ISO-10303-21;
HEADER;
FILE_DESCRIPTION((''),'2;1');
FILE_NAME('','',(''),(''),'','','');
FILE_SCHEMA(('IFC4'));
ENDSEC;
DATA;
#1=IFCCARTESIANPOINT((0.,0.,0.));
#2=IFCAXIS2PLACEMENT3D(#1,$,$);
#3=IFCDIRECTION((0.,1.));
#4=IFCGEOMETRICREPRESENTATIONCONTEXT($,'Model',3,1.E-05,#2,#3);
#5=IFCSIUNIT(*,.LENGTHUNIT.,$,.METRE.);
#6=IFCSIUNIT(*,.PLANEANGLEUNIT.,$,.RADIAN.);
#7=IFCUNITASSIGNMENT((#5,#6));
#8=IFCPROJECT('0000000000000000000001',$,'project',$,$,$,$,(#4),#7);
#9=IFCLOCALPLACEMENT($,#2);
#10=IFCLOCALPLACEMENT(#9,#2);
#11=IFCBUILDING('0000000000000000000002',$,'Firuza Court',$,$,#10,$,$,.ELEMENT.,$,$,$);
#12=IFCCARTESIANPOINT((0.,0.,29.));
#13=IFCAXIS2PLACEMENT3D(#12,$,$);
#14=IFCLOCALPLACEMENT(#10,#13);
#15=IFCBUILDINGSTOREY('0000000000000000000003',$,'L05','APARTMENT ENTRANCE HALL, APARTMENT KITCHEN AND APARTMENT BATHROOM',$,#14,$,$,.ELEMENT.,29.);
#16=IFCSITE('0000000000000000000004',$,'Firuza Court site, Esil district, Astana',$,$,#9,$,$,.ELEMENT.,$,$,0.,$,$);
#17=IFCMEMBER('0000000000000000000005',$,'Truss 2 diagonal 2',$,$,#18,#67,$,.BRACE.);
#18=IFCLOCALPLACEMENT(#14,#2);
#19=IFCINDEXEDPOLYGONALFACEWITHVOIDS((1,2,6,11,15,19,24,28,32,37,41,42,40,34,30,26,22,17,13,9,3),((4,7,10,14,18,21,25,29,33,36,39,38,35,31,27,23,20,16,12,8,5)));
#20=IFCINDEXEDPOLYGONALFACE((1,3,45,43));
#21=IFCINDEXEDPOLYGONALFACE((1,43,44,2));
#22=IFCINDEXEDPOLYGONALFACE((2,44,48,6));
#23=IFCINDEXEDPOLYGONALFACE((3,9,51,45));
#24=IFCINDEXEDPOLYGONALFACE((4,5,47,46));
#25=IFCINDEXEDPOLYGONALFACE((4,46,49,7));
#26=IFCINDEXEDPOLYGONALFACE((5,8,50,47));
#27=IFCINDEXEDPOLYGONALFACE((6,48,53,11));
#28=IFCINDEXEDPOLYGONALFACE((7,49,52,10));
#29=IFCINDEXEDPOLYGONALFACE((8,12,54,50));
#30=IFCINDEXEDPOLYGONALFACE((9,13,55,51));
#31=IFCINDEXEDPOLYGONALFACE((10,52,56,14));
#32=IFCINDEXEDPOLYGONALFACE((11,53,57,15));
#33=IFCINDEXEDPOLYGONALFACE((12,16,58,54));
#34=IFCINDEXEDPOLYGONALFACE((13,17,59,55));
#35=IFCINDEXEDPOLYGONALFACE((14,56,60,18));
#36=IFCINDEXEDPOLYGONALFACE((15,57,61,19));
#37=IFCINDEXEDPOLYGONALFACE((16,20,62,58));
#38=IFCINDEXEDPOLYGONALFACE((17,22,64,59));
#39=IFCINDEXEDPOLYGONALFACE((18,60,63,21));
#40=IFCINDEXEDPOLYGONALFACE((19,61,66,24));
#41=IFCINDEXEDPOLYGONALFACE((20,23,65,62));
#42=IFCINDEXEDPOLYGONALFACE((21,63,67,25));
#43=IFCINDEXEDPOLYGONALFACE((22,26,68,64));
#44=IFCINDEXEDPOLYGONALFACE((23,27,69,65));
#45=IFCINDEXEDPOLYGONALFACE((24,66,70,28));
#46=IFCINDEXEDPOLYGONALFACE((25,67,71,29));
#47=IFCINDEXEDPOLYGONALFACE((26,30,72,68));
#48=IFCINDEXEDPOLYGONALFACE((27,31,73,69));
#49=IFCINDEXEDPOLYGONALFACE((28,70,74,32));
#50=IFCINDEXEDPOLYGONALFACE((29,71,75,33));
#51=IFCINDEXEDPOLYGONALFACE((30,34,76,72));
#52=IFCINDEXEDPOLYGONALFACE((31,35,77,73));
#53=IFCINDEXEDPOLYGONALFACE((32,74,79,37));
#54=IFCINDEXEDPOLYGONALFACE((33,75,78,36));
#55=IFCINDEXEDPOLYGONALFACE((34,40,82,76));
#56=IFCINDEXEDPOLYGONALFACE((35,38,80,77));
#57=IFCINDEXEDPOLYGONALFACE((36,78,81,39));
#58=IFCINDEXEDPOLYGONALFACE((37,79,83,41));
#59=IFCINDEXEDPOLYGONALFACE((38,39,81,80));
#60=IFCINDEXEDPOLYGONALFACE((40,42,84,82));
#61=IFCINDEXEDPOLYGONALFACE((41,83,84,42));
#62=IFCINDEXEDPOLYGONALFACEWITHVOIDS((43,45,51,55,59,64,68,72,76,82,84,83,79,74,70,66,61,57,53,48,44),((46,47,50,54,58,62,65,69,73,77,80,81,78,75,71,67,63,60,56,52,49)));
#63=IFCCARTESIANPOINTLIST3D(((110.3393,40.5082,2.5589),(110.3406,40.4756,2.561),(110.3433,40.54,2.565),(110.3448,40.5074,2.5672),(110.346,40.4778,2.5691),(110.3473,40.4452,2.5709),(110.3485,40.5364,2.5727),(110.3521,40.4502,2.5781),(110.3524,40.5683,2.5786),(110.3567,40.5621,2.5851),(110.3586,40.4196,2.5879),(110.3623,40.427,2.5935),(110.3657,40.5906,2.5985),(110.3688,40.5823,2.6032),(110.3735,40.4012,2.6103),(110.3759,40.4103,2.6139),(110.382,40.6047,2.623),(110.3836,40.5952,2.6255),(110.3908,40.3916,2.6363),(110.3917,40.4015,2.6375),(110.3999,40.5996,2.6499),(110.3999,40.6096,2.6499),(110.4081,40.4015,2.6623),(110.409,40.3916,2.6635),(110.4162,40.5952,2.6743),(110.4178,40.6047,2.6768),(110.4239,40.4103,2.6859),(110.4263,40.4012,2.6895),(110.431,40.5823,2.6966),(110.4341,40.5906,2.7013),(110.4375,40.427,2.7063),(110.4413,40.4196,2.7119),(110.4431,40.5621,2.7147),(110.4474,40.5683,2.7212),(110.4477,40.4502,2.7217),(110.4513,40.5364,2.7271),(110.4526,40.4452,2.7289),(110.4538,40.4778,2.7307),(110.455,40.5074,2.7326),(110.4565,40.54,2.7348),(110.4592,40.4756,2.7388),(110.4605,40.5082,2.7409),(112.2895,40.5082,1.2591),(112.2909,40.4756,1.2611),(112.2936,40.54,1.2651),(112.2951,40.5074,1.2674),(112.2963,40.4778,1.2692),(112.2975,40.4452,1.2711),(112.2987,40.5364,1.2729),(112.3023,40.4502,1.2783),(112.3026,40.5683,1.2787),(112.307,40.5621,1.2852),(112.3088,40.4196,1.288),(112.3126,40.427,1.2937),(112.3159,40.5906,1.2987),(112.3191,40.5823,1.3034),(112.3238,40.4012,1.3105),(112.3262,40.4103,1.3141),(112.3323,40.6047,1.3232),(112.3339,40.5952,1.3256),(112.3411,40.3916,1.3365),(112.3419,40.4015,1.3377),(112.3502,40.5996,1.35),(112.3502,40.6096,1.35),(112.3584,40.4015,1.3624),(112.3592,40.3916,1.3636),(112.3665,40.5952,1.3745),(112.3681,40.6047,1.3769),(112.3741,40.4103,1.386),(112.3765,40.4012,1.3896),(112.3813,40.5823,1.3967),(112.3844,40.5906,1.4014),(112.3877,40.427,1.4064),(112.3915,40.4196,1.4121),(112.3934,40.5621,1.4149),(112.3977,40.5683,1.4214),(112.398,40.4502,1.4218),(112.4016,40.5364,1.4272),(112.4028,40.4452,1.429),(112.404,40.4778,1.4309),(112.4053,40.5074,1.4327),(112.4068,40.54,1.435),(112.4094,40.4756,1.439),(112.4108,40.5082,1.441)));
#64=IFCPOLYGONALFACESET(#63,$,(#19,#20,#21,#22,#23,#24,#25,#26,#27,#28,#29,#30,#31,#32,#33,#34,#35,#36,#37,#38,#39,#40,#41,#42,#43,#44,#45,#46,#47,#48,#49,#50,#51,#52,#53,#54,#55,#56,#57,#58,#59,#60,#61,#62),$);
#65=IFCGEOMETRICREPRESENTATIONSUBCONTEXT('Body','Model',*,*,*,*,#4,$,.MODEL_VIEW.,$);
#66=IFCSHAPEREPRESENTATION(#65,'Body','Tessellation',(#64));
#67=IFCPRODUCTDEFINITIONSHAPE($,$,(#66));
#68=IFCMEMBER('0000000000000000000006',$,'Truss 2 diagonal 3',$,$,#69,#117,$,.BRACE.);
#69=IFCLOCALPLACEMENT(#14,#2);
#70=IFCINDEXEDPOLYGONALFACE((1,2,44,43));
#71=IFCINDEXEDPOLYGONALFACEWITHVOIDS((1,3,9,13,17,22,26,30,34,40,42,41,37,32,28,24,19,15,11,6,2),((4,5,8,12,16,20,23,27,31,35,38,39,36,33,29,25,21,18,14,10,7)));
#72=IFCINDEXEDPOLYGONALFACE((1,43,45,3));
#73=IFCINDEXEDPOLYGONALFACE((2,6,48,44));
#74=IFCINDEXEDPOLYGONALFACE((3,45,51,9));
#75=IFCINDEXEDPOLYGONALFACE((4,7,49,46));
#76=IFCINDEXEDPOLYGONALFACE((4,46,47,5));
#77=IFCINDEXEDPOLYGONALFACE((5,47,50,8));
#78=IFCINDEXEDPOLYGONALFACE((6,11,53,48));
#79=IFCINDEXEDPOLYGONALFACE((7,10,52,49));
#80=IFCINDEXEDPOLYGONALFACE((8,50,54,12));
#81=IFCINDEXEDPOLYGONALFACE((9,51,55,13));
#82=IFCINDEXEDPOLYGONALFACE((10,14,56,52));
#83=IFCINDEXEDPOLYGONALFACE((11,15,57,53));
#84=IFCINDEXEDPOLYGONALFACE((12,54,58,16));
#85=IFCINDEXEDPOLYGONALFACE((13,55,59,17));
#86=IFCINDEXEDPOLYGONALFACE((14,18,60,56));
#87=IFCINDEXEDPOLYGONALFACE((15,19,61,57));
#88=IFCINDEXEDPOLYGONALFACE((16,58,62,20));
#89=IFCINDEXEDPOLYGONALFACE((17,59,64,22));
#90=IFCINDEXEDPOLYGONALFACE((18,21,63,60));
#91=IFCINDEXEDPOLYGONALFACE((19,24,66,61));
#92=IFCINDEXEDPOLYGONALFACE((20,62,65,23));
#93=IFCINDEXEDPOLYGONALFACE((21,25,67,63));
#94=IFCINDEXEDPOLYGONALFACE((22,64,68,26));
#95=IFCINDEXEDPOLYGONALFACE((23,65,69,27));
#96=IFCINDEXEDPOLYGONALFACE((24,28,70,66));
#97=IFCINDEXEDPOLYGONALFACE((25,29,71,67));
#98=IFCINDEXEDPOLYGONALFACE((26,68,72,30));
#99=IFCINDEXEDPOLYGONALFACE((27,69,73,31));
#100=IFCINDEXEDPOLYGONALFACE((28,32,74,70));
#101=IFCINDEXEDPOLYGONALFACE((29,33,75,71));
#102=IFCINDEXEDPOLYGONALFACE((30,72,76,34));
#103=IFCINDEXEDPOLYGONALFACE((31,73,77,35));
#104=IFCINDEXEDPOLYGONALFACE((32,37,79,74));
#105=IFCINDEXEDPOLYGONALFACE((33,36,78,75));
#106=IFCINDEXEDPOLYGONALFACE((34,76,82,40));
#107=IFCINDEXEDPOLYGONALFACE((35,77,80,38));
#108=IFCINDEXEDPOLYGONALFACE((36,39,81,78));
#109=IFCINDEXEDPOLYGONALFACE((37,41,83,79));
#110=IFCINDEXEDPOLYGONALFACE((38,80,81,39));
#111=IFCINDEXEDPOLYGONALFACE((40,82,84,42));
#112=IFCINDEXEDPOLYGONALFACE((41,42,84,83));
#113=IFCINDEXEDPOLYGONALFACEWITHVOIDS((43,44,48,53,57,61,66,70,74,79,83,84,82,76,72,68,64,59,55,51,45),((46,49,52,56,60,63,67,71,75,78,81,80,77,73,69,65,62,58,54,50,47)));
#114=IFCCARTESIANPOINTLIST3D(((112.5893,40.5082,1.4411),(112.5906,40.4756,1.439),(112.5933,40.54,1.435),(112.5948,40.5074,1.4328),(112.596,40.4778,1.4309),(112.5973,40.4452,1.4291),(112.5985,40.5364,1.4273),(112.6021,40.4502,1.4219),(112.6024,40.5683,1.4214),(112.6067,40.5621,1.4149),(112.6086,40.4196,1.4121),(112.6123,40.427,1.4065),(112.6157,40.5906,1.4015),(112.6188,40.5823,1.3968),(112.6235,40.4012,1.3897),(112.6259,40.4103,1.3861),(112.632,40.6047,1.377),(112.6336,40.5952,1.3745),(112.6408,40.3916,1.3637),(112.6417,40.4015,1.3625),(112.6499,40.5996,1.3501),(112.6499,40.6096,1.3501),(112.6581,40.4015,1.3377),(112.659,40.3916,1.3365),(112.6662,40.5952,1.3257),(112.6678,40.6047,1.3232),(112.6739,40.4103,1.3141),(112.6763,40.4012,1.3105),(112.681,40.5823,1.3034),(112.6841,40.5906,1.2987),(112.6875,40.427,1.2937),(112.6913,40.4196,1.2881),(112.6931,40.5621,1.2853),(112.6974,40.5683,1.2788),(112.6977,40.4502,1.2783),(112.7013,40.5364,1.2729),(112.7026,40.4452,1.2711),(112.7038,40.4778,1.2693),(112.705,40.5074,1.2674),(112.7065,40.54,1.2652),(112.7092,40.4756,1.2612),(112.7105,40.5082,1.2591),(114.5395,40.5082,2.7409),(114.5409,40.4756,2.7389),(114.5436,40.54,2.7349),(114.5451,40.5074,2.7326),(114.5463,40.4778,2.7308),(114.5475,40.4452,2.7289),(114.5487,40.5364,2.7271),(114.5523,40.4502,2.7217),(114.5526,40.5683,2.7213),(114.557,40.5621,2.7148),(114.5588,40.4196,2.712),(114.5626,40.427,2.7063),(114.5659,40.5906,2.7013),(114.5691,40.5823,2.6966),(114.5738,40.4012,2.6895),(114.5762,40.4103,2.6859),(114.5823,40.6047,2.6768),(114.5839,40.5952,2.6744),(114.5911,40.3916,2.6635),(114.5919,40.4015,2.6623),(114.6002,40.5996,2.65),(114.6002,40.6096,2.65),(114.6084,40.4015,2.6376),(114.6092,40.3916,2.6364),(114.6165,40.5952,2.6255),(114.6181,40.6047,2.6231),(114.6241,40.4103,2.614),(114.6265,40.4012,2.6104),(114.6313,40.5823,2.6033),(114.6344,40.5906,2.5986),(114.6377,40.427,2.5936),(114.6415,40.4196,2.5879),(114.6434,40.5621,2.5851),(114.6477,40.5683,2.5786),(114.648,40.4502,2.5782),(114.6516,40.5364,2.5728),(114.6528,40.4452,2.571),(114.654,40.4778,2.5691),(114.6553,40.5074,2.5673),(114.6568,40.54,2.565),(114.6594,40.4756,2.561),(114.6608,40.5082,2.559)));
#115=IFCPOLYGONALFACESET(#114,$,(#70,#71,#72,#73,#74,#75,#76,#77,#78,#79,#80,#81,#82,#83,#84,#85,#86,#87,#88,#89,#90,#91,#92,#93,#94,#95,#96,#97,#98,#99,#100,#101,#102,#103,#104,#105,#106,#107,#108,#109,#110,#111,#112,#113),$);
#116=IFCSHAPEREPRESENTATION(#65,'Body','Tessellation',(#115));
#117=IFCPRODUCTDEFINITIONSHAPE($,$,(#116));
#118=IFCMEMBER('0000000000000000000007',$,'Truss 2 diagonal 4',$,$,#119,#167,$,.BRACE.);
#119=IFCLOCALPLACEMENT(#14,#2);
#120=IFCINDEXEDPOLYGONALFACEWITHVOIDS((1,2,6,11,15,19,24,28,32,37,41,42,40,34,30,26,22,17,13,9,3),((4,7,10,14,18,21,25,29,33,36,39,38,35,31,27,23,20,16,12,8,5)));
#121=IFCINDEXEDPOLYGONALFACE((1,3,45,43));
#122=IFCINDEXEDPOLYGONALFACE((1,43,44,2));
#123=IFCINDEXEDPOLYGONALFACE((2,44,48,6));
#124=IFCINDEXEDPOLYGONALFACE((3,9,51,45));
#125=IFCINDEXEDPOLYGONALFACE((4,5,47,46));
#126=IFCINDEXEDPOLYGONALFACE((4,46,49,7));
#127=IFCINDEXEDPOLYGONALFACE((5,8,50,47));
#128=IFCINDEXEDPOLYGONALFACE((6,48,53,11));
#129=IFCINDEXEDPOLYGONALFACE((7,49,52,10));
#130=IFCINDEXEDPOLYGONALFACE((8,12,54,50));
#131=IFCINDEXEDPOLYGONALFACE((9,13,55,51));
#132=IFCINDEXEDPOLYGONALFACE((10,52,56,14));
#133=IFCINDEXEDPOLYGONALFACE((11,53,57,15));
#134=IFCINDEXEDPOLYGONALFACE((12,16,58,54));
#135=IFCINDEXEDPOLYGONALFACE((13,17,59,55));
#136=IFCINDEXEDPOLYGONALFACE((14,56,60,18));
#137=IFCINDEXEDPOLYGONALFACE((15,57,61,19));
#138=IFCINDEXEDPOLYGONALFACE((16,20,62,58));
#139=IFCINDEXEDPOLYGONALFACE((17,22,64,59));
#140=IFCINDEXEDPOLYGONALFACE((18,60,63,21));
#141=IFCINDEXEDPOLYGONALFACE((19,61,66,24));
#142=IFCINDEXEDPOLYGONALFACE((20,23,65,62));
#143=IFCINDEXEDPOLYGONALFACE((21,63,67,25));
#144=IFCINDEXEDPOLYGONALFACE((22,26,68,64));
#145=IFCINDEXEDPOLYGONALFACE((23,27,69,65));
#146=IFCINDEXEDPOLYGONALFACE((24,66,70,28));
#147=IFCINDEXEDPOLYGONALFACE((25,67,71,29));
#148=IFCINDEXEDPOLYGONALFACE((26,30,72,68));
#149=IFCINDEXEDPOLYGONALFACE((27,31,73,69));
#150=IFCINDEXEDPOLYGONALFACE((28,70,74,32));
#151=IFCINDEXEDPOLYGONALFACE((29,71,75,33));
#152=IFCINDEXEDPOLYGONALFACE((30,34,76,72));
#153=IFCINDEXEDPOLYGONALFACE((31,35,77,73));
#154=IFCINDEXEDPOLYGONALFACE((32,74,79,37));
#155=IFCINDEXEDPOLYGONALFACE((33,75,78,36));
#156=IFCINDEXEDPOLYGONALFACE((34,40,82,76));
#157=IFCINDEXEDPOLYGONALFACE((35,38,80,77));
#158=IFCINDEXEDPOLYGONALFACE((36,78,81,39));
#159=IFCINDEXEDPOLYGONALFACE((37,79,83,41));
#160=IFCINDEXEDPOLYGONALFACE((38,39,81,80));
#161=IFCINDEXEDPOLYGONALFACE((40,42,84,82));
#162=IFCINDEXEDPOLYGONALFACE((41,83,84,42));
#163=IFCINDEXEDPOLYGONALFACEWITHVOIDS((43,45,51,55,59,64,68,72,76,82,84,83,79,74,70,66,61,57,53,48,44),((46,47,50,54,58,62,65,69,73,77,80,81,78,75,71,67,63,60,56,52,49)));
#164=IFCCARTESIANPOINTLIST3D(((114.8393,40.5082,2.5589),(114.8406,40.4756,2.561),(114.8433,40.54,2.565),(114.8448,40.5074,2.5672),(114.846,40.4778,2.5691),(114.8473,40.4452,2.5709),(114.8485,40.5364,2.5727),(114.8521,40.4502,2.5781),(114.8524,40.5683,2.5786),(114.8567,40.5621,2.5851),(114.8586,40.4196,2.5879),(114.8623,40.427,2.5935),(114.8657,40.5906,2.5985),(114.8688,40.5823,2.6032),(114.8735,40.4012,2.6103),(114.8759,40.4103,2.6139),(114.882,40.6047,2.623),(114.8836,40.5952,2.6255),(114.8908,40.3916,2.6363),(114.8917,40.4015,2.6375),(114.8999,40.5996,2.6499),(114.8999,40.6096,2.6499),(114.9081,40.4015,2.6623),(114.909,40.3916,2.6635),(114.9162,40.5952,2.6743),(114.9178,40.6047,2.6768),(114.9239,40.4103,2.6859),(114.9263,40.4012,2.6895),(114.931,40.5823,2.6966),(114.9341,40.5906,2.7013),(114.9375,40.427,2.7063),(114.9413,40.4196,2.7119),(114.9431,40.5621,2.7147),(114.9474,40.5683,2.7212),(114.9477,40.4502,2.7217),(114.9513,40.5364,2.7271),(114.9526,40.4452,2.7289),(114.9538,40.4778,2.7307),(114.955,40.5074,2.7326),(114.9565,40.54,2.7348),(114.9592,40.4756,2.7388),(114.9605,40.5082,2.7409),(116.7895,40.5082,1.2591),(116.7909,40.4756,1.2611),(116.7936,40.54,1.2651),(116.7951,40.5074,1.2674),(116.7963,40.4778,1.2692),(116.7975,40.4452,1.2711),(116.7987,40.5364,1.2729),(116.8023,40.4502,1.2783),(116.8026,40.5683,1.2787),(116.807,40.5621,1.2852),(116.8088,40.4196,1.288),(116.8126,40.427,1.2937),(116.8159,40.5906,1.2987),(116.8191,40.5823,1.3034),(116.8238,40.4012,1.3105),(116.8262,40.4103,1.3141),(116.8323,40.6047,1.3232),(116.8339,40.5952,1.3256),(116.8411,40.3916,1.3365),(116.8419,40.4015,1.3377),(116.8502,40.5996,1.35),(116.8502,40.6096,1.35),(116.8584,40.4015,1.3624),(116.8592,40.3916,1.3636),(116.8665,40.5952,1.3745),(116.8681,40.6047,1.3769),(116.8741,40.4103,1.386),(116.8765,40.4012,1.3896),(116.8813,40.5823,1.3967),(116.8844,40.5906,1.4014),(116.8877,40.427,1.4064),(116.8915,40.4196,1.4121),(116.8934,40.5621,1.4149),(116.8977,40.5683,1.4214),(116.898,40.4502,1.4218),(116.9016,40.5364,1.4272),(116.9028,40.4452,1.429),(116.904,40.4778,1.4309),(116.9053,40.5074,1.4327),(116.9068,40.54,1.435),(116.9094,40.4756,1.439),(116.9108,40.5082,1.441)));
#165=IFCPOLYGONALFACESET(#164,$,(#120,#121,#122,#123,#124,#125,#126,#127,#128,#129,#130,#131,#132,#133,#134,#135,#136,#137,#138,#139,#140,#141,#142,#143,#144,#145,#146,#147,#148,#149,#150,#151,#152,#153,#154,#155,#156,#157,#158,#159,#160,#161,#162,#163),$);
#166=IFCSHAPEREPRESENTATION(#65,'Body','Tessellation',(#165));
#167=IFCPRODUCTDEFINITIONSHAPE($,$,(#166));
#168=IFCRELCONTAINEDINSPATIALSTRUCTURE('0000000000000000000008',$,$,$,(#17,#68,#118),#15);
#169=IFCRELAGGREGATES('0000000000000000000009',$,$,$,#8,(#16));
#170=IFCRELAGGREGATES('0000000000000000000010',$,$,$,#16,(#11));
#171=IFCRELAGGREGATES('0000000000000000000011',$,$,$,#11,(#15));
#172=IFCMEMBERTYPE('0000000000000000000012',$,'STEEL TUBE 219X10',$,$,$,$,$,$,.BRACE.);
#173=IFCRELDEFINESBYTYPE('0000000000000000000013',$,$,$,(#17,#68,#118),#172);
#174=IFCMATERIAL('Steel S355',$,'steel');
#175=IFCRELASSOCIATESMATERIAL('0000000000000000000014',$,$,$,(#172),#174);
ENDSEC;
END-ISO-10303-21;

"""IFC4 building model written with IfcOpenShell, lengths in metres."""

from ifc_helpers import new_model, si_unit, direction, frame, origin, origin_2d, place, context, subcontext, project, spatial, hollow_circle, extrude, material, material_profile, profile_set, type_object, element, save


model = new_model("IFC4")

# Units and contexts
model_context = context("Model", 3, precision=1e-05, world=origin(), true_north=direction((0.0, 1.0)))
body_context = subcontext(model_context, "Body", "Model", "MODEL_VIEW")
ifc_project = project(units=[si_unit("LENGTHUNIT", "METRE"), si_unit("PLANEANGLEUNIT", "RADIAN")], contexts=[model_context])

# Site, building, storey
site_placement = place(None, origin())
site = spatial("IfcSite", under=ifc_project, at=site_placement, Name="Firuza Court site, Esil district, Astana", CompositionType="ELEMENT", RefElevation=0.0)
building_placement = place(site_placement, origin())
building = spatial("IfcBuilding", under=site, at=building_placement, Name="Firuza Court", CompositionType="ELEMENT")
storey_placement = place(building_placement, frame((0.0, 0.0, 29.0)))
storey = spatial("IfcBuildingStorey", under=building, at=storey_placement, Name="L05", Description="APARTMENT ENTRANCE HALL, APARTMENT KITCHEN AND APARTMENT BATHROOM", CompositionType="ELEMENT", Elevation=29.0)

# Members
ifc_material_1 = material(Name="Steel S355", Category="steel")
ifc_material_profile_1 = material_profile(ifc_material_1, hollow_circle(Radius=0.1096, WallThickness=0.01, at=origin_2d()), Name="CHS 219X10")
ifc_profile_set_1 = profile_set([ifc_material_profile_1], Name="Steel S355")
member_type_1 = type_object("IfcMemberType", Name="STEEL TUBE 219X10", PredefinedType="BRACE", material=ifc_profile_set_1)
for number, where, z_axis, x_axis, name in (
    (1, (110.3999, 40.5, 2.6499), (0.832114, 0.0, -0.554604), (0.0, 1.0, 0.0), "Truss 2 diagonal 2"),
    (2, (112.6499, 40.5, 1.3501), (0.832114, 0.0, 0.554604), (0.0, 1.0, 0.0), "Truss 2 diagonal 3"),
    (3, (114.8999, 40.5, 2.6499), (0.832114, 0.0, -0.554604), (0.0, 1.0, 0.0), "Truss 2 diagonal 4"),
):
    element("IfcMember", number, at=place(storey_placement, frame(where, z_axis=z_axis, x_axis=x_axis)), inside=storey, type_object=member_type_1, Name=name, PredefinedType="BRACE", context=body_context, shape_type="SweptSolid", body=[
        extrude(hollow_circle(Radius=0.1096, WallThickness=0.01, at=origin_2d()), origin(), (0.0, 0.0, 1.0), 2.3438),
    ])

save(model, "model.ifc")
